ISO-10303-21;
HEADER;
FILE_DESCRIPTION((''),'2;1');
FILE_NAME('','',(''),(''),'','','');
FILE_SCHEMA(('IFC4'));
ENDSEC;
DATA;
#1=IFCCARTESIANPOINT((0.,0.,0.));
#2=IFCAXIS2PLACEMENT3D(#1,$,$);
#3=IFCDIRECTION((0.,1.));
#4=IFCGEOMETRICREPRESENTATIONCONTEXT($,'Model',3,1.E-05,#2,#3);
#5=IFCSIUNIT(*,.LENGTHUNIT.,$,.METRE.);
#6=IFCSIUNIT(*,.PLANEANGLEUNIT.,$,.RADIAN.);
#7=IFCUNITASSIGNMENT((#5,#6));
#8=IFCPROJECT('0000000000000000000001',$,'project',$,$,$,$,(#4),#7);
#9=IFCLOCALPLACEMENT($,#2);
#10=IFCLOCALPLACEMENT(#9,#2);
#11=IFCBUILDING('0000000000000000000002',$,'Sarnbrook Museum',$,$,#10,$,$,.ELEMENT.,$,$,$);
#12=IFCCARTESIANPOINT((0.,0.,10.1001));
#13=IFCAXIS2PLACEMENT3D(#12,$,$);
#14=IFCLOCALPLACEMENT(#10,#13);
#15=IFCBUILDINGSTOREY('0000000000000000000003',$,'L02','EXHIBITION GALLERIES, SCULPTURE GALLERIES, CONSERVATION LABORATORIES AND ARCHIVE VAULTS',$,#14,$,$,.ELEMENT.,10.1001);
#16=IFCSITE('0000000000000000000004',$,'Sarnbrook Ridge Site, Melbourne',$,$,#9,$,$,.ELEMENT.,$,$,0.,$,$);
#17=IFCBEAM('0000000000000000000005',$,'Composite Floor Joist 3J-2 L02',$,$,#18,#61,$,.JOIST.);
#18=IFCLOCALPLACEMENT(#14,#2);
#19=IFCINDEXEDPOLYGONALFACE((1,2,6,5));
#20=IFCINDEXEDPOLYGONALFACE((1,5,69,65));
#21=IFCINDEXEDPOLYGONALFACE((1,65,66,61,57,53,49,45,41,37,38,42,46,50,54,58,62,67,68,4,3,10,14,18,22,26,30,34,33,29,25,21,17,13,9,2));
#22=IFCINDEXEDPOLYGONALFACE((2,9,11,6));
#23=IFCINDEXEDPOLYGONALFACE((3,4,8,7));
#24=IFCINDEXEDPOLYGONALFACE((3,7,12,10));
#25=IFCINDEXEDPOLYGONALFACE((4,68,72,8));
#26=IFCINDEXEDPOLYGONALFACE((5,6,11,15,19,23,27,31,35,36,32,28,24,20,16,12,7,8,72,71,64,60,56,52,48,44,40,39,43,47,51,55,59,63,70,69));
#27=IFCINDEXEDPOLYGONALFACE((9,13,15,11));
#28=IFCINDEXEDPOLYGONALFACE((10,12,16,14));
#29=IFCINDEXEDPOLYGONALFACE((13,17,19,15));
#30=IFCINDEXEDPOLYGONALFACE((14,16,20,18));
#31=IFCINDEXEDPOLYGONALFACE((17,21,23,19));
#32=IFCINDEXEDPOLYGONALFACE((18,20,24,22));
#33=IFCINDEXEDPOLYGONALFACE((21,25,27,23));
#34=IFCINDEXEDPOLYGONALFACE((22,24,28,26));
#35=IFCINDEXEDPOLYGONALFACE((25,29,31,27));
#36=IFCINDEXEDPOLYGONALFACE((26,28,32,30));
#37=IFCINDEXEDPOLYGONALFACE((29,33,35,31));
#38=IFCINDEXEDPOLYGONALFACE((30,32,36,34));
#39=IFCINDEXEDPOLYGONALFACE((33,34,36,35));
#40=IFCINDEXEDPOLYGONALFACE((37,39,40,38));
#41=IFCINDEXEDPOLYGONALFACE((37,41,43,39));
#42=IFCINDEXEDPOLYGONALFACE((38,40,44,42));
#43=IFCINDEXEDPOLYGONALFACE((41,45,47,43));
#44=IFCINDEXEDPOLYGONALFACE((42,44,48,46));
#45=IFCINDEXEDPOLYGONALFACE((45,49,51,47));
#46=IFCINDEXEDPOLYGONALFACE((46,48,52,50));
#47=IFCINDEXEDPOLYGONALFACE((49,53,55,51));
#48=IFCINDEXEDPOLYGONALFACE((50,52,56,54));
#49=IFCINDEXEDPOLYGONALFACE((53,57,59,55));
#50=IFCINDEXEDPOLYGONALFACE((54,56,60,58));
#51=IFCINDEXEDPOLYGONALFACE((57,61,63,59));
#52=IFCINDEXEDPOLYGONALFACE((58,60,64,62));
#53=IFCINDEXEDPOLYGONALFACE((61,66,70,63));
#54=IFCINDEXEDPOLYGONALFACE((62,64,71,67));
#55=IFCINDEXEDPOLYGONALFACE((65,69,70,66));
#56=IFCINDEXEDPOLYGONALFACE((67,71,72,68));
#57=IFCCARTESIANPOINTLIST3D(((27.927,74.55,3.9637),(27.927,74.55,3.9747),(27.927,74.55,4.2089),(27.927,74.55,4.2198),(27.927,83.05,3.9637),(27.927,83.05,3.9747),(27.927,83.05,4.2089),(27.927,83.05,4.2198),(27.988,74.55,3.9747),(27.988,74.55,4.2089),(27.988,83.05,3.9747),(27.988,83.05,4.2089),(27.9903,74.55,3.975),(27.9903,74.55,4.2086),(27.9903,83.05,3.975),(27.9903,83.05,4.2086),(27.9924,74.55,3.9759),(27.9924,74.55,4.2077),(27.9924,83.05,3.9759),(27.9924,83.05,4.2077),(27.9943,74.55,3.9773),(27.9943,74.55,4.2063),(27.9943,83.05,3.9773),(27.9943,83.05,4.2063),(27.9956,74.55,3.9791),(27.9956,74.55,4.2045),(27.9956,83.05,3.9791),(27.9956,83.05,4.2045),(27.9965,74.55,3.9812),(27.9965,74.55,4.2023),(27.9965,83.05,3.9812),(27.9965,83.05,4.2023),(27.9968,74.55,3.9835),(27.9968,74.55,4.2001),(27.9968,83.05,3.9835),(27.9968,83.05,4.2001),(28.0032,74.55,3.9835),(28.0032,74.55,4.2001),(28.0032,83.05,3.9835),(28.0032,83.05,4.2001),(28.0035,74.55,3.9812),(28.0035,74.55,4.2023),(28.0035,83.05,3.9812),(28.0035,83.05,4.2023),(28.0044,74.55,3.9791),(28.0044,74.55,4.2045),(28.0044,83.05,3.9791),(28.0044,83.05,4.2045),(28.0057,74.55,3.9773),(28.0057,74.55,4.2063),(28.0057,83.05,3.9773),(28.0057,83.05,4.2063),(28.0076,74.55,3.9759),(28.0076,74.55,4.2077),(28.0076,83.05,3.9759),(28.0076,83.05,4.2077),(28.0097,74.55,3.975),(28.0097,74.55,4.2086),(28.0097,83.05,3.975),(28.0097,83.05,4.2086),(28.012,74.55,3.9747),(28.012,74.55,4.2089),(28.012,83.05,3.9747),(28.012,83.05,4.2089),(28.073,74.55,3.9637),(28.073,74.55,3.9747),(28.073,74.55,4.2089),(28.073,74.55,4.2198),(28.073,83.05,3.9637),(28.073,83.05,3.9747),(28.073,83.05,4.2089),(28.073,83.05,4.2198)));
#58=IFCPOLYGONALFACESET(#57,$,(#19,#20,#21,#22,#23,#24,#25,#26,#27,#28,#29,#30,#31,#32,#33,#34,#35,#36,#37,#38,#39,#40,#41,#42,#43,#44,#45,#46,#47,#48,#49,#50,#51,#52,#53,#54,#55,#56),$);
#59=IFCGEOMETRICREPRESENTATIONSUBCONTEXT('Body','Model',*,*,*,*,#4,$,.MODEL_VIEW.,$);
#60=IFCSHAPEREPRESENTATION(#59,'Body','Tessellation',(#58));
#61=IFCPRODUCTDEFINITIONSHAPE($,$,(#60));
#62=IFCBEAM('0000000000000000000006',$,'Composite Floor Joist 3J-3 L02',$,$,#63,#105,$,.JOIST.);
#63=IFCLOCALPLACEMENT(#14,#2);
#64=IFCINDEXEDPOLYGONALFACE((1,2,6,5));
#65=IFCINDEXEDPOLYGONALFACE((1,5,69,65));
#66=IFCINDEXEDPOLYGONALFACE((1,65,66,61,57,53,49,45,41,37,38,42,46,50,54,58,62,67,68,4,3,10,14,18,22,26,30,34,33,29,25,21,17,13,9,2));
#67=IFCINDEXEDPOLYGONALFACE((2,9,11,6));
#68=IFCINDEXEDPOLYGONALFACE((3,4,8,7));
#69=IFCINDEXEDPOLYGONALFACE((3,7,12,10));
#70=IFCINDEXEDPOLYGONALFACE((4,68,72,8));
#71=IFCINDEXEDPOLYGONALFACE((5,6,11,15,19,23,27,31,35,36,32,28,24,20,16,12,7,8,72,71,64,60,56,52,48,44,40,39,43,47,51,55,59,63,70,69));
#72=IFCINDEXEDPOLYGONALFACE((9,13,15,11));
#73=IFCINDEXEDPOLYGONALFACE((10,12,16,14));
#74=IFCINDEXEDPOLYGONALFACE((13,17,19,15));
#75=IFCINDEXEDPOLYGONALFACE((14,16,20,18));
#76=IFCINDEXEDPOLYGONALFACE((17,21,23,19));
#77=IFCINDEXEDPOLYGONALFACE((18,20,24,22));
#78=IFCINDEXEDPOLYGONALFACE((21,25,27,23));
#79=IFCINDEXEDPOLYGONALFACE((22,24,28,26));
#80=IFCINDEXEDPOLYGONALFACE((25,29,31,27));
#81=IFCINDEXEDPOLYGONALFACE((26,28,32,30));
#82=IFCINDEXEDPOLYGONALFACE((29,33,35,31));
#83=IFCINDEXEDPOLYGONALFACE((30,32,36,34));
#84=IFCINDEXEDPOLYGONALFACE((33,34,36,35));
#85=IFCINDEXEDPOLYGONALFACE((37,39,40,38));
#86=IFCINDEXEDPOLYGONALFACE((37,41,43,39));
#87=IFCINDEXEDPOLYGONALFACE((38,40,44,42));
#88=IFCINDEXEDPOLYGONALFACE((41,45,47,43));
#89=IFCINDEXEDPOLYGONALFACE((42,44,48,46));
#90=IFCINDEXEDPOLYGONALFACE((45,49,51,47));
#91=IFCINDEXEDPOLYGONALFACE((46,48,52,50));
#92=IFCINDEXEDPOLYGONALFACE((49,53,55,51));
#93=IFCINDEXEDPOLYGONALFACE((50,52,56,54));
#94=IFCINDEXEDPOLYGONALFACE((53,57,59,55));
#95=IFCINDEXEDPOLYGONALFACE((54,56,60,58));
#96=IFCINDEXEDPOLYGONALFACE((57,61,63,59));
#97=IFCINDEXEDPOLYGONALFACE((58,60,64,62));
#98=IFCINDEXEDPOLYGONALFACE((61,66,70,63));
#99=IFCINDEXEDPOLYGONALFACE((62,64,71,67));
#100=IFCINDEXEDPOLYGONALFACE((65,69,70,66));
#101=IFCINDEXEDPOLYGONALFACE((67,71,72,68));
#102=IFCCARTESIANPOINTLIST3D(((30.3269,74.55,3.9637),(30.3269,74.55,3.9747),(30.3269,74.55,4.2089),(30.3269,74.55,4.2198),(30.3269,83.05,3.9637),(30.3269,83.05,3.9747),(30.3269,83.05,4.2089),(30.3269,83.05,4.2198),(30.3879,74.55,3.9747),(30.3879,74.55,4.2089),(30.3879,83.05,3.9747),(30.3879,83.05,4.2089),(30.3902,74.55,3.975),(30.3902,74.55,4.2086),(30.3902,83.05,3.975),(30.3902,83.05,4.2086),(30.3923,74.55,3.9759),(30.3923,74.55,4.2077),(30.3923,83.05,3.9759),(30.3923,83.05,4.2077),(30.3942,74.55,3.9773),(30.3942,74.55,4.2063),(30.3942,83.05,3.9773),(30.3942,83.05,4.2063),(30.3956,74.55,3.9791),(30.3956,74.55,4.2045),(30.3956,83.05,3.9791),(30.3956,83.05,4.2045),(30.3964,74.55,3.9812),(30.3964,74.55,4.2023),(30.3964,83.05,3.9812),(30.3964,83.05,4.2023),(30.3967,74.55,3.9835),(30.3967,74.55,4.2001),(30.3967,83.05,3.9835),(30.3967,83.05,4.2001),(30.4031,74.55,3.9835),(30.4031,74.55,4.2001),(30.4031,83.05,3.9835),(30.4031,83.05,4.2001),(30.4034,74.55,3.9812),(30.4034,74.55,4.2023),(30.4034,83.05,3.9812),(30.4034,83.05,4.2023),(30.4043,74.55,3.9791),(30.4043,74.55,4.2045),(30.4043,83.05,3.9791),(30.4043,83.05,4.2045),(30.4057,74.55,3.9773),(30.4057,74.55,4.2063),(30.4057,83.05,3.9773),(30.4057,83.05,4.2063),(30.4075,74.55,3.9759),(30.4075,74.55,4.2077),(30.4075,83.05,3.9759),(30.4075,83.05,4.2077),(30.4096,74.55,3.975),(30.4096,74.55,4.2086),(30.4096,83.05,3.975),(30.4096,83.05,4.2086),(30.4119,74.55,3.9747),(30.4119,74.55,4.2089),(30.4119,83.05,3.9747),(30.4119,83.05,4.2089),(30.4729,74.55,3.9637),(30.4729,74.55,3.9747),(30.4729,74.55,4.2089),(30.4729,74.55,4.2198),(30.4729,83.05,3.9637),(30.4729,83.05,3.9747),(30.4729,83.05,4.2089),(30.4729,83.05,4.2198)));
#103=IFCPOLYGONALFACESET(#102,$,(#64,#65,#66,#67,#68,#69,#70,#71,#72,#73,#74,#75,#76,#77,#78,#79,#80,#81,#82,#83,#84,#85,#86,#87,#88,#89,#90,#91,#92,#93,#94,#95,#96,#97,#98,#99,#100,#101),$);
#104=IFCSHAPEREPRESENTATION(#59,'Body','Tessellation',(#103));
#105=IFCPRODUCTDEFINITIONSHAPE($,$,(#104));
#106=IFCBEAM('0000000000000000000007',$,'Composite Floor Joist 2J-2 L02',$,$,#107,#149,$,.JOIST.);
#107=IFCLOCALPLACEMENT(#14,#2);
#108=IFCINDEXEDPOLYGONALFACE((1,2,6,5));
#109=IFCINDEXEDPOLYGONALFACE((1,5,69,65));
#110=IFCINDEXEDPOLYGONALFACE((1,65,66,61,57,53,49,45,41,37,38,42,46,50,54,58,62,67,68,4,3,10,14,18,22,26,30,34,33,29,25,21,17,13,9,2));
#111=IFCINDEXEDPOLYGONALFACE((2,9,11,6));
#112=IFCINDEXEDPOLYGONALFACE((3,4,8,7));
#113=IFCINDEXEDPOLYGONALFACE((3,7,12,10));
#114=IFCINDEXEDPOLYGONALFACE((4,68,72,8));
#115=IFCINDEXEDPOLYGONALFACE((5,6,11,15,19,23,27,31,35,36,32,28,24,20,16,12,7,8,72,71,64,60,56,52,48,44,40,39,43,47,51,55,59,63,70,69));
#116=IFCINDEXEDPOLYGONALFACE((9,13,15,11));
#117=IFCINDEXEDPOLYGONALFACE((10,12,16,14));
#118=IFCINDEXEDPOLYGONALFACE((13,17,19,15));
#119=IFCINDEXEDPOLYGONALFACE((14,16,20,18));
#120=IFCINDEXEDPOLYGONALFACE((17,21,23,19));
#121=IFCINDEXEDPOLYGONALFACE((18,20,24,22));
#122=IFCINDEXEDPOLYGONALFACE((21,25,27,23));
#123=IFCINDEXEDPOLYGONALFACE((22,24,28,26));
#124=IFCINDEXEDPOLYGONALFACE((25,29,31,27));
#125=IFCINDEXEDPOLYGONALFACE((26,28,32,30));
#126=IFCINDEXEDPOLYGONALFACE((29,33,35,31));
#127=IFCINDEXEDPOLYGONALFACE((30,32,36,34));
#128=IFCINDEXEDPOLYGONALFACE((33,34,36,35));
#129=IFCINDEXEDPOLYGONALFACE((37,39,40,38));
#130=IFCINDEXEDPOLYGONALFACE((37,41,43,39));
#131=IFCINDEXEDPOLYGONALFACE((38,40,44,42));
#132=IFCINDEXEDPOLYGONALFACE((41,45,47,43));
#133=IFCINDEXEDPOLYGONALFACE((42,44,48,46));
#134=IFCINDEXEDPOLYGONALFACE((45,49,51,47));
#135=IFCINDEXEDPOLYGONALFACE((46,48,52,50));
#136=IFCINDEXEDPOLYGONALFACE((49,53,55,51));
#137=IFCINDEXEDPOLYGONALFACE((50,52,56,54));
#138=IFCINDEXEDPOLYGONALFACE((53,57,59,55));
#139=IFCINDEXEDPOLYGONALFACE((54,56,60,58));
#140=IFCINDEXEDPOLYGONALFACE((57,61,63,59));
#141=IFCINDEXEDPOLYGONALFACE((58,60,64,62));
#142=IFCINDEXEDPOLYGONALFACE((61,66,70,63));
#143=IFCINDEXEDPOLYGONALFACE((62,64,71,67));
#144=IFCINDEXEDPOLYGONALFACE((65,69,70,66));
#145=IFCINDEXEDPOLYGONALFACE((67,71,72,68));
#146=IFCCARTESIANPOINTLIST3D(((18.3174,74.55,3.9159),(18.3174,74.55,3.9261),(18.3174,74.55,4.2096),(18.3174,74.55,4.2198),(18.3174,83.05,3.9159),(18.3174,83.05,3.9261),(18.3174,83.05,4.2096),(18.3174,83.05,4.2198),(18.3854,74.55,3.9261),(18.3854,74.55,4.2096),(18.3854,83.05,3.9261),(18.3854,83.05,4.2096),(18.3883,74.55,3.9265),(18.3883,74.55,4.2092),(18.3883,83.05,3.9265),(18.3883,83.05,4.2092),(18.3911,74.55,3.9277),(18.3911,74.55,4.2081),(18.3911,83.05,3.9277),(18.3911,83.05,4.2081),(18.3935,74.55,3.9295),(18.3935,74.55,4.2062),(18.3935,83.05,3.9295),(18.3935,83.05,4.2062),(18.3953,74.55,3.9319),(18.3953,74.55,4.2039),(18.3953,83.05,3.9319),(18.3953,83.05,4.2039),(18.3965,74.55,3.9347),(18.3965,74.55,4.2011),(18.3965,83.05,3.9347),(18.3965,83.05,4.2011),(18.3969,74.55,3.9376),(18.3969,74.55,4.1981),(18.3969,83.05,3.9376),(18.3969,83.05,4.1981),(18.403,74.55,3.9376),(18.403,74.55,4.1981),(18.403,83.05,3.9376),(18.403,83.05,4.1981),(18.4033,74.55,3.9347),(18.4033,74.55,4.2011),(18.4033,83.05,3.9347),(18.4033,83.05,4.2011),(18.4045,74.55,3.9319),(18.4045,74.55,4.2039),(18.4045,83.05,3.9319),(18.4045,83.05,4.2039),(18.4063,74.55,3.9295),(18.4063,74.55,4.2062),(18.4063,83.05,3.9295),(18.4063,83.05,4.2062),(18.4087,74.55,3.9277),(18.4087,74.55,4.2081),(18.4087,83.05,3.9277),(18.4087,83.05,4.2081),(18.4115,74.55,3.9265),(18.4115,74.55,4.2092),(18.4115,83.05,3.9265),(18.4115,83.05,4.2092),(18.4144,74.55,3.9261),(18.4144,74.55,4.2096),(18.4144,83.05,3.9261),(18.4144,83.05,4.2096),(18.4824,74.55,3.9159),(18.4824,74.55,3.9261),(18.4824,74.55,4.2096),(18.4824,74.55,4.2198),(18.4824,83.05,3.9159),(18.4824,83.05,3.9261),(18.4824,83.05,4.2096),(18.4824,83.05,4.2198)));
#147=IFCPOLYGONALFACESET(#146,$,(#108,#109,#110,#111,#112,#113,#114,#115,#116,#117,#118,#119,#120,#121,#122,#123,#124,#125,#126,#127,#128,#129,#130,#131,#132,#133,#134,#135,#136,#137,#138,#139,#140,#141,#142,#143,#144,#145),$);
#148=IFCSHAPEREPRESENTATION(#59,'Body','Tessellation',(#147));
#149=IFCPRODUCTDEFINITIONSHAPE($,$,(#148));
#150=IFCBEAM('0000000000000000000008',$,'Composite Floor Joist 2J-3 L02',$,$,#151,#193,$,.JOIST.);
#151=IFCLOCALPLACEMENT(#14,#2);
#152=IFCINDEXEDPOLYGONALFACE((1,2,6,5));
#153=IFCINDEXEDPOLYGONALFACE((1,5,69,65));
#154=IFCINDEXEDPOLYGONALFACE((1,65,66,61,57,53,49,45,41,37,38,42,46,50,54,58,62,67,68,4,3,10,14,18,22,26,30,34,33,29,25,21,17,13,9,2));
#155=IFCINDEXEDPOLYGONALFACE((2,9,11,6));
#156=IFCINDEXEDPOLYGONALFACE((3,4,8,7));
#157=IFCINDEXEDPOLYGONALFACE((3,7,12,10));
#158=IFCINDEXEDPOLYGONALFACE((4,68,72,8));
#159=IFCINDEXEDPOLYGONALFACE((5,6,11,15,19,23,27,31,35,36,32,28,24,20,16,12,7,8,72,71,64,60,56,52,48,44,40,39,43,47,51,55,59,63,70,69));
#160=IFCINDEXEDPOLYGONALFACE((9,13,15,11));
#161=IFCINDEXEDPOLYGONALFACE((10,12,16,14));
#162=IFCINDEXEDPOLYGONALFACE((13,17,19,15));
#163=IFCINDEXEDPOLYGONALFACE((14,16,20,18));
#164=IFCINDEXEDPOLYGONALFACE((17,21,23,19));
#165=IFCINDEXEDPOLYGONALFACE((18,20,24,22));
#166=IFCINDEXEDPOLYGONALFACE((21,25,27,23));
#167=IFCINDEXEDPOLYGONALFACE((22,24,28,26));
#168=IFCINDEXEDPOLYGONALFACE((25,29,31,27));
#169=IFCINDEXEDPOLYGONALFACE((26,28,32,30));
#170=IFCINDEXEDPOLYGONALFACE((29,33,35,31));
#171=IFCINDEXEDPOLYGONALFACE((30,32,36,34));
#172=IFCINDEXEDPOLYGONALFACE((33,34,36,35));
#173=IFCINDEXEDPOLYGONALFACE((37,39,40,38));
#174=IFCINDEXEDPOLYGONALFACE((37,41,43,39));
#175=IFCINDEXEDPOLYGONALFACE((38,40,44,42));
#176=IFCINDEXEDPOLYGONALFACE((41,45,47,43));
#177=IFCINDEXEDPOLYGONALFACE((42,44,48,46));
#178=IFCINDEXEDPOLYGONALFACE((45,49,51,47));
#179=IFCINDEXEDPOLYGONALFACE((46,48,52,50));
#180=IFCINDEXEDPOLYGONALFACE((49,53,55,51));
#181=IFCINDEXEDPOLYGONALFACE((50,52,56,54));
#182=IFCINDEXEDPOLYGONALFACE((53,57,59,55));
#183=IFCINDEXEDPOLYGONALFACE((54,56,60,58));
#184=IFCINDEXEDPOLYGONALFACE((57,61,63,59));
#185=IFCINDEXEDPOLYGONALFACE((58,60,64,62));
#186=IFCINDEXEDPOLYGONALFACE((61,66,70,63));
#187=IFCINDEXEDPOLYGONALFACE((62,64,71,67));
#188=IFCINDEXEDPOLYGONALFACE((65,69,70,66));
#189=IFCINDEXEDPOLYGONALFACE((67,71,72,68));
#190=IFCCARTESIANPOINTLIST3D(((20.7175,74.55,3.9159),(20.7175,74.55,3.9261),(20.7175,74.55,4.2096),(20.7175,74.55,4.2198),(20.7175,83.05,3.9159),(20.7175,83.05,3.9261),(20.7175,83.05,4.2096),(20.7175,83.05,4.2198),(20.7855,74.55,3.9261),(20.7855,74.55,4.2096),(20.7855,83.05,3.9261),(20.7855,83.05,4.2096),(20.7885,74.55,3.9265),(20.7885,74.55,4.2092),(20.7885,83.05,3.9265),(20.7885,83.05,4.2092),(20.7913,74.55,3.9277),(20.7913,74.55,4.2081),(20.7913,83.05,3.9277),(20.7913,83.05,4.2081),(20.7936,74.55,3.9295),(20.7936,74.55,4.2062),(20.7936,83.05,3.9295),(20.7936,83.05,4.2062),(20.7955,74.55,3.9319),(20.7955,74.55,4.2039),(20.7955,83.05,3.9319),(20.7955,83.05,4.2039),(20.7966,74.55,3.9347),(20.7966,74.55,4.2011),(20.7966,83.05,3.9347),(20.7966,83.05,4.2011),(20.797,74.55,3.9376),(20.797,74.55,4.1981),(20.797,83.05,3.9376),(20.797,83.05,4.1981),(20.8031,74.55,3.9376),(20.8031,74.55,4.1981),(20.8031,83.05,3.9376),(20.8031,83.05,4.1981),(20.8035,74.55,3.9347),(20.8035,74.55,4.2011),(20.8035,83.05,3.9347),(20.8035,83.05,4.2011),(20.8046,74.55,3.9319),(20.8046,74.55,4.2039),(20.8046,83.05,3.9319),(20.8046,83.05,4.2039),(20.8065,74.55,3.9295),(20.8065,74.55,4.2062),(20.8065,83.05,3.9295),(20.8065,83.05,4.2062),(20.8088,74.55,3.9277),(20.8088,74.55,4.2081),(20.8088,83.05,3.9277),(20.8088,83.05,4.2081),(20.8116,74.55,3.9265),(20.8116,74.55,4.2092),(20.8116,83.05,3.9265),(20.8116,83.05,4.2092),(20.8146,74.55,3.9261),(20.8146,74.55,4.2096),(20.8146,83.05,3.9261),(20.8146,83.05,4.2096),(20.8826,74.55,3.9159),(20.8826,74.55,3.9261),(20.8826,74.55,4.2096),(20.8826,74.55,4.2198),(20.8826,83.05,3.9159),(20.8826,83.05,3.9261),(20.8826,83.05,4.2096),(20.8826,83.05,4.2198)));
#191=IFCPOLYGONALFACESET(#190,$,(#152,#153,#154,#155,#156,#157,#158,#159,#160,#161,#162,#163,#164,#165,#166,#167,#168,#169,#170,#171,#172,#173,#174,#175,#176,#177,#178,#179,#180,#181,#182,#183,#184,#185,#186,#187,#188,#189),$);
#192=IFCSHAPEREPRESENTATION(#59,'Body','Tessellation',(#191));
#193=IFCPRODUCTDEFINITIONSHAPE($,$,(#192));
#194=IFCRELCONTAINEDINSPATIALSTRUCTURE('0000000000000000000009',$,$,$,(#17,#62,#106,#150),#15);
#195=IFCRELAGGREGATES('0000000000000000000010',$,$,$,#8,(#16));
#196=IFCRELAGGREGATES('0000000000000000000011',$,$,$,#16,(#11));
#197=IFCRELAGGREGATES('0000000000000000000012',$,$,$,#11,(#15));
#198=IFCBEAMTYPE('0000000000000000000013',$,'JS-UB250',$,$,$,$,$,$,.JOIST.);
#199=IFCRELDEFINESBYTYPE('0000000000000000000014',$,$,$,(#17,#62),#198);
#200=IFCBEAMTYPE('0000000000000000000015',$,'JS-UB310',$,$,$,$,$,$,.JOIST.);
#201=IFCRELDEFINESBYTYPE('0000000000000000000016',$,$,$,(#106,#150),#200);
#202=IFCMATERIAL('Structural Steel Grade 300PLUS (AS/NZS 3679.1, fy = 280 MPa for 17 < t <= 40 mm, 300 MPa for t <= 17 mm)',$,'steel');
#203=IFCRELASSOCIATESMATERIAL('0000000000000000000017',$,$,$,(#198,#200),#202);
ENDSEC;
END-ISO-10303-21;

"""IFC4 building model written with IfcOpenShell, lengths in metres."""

from ifc_helpers import new_model, si_unit, direction, frame, origin, origin_2d, place, context, subcontext, project, spatial, i_section, extrude, material, material_profile, profile_set, type_object, element, save


model = new_model("IFC4")

# Units and contexts
model_context = context("Model", 3, precision=1e-05, world=origin(), true_north=direction((0.0, 1.0)))
body_context = subcontext(model_context, "Body", "Model", "MODEL_VIEW")
ifc_project = project(units=[si_unit("LENGTHUNIT", "METRE"), si_unit("PLANEANGLEUNIT", "RADIAN")], contexts=[model_context])

# Site, building, storey
site_placement = place(None, origin())
site = spatial("IfcSite", under=ifc_project, at=site_placement, Name="Sarnbrook Ridge Site, Melbourne", CompositionType="ELEMENT", RefElevation=0.0)
building_placement = place(site_placement, origin())
building = spatial("IfcBuilding", under=site, at=building_placement, Name="Sarnbrook Museum", CompositionType="ELEMENT")
storey_placement = place(building_placement, frame((0.0, 0.0, 10.1001)))
storey = spatial("IfcBuildingStorey", under=building, at=storey_placement, Name="L02", Description="EXHIBITION GALLERIES, SCULPTURE GALLERIES, CONSERVATION LABORATORIES AND ARCHIVE VAULTS", CompositionType="ELEMENT", Elevation=10.1001)

# Shared definitions
ifc_material_1 = material(Name="Structural Steel Grade 300PLUS (AS/NZS 3679.1, fy = 280 MPa for 17 < t <= 40 mm, 300 MPa for t <= 17 mm)", Category="steel")

# Beams
ifc_material_profile_1 = material_profile(ifc_material_1, i_section(OverallWidth=0.146, OverallDepth=0.2561, WebThickness=0.0063, FlangeThickness=0.011, FilletRadius=0.0088, at=origin_2d()), Name="250UB37.3")
ifc_profile_set_1 = profile_set([ifc_material_profile_1], Name="Structural Steel Grade 300PLUS (AS/NZS 3679.1, fy = 280 MPa for 17 < t <= 40 mm, 300 MPa for t <= 17 mm)")
beam_type_1 = type_object("IfcBeamType", Name="JS-UB250", PredefinedType="JOIST", material=ifc_profile_set_1)
for number, where, z_axis, x_axis, name in (
    (1, (28.0, 74.55, 4.0918), (0.0, 1.0, 0.0), (-1.0, 0.0, 0.0), "Composite Floor Joist 3J-2 L02"),
    (2, (30.3999, 74.55, 4.0918), (0.0, 1.0, 0.0), (-1.0, 0.0, 0.0), "Composite Floor Joist 3J-3 L02"),
):
    element("IfcBeam", number, at=place(storey_placement, frame(where, z_axis=z_axis, x_axis=x_axis)), inside=storey, type_object=beam_type_1, Name=name, PredefinedType="JOIST", context=body_context, shape_type="SweptSolid", body=[
        extrude(i_section(OverallWidth=0.146, OverallDepth=0.2561, WebThickness=0.0063, FlangeThickness=0.011, FilletRadius=0.0088, at=origin_2d()), origin(), (0.0, 0.0, 1.0), 8.5),
    ])
ifc_material_profile_2 = material_profile(ifc_material_1, i_section(OverallWidth=0.165, OverallDepth=0.304, WebThickness=0.0061, FlangeThickness=0.0103, FilletRadius=0.0115, at=origin_2d()), Name="310UB40.4")
ifc_profile_set_2 = profile_set([ifc_material_profile_2], Name="Structural Steel Grade 300PLUS (AS/NZS 3679.1, fy = 280 MPa for 17 < t <= 40 mm, 300 MPa for t <= 17 mm)")
beam_type_2 = type_object("IfcBeamType", Name="JS-UB310", PredefinedType="JOIST", material=ifc_profile_set_2)
for number, where, z_axis, x_axis, name in (
    (3, (18.3999, 74.55, 4.0679), (0.0, 1.0, 0.0), (-1.0, 0.0, 0.0), "Composite Floor Joist 2J-2 L02"),
    (4, (20.8, 74.55, 4.0679), (0.0, 1.0, 0.0), (-1.0, 0.0, 0.0), "Composite Floor Joist 2J-3 L02"),
):
    element("IfcBeam", number, at=place(storey_placement, frame(where, z_axis=z_axis, x_axis=x_axis)), inside=storey, type_object=beam_type_2, Name=name, PredefinedType="JOIST", context=body_context, shape_type="SweptSolid", body=[
        extrude(i_section(OverallWidth=0.165, OverallDepth=0.304, WebThickness=0.0061, FlangeThickness=0.0103, FilletRadius=0.0115, at=origin_2d()), origin(), (0.0, 0.0, 1.0), 8.5),
    ])

save(model, "model.ifc")
